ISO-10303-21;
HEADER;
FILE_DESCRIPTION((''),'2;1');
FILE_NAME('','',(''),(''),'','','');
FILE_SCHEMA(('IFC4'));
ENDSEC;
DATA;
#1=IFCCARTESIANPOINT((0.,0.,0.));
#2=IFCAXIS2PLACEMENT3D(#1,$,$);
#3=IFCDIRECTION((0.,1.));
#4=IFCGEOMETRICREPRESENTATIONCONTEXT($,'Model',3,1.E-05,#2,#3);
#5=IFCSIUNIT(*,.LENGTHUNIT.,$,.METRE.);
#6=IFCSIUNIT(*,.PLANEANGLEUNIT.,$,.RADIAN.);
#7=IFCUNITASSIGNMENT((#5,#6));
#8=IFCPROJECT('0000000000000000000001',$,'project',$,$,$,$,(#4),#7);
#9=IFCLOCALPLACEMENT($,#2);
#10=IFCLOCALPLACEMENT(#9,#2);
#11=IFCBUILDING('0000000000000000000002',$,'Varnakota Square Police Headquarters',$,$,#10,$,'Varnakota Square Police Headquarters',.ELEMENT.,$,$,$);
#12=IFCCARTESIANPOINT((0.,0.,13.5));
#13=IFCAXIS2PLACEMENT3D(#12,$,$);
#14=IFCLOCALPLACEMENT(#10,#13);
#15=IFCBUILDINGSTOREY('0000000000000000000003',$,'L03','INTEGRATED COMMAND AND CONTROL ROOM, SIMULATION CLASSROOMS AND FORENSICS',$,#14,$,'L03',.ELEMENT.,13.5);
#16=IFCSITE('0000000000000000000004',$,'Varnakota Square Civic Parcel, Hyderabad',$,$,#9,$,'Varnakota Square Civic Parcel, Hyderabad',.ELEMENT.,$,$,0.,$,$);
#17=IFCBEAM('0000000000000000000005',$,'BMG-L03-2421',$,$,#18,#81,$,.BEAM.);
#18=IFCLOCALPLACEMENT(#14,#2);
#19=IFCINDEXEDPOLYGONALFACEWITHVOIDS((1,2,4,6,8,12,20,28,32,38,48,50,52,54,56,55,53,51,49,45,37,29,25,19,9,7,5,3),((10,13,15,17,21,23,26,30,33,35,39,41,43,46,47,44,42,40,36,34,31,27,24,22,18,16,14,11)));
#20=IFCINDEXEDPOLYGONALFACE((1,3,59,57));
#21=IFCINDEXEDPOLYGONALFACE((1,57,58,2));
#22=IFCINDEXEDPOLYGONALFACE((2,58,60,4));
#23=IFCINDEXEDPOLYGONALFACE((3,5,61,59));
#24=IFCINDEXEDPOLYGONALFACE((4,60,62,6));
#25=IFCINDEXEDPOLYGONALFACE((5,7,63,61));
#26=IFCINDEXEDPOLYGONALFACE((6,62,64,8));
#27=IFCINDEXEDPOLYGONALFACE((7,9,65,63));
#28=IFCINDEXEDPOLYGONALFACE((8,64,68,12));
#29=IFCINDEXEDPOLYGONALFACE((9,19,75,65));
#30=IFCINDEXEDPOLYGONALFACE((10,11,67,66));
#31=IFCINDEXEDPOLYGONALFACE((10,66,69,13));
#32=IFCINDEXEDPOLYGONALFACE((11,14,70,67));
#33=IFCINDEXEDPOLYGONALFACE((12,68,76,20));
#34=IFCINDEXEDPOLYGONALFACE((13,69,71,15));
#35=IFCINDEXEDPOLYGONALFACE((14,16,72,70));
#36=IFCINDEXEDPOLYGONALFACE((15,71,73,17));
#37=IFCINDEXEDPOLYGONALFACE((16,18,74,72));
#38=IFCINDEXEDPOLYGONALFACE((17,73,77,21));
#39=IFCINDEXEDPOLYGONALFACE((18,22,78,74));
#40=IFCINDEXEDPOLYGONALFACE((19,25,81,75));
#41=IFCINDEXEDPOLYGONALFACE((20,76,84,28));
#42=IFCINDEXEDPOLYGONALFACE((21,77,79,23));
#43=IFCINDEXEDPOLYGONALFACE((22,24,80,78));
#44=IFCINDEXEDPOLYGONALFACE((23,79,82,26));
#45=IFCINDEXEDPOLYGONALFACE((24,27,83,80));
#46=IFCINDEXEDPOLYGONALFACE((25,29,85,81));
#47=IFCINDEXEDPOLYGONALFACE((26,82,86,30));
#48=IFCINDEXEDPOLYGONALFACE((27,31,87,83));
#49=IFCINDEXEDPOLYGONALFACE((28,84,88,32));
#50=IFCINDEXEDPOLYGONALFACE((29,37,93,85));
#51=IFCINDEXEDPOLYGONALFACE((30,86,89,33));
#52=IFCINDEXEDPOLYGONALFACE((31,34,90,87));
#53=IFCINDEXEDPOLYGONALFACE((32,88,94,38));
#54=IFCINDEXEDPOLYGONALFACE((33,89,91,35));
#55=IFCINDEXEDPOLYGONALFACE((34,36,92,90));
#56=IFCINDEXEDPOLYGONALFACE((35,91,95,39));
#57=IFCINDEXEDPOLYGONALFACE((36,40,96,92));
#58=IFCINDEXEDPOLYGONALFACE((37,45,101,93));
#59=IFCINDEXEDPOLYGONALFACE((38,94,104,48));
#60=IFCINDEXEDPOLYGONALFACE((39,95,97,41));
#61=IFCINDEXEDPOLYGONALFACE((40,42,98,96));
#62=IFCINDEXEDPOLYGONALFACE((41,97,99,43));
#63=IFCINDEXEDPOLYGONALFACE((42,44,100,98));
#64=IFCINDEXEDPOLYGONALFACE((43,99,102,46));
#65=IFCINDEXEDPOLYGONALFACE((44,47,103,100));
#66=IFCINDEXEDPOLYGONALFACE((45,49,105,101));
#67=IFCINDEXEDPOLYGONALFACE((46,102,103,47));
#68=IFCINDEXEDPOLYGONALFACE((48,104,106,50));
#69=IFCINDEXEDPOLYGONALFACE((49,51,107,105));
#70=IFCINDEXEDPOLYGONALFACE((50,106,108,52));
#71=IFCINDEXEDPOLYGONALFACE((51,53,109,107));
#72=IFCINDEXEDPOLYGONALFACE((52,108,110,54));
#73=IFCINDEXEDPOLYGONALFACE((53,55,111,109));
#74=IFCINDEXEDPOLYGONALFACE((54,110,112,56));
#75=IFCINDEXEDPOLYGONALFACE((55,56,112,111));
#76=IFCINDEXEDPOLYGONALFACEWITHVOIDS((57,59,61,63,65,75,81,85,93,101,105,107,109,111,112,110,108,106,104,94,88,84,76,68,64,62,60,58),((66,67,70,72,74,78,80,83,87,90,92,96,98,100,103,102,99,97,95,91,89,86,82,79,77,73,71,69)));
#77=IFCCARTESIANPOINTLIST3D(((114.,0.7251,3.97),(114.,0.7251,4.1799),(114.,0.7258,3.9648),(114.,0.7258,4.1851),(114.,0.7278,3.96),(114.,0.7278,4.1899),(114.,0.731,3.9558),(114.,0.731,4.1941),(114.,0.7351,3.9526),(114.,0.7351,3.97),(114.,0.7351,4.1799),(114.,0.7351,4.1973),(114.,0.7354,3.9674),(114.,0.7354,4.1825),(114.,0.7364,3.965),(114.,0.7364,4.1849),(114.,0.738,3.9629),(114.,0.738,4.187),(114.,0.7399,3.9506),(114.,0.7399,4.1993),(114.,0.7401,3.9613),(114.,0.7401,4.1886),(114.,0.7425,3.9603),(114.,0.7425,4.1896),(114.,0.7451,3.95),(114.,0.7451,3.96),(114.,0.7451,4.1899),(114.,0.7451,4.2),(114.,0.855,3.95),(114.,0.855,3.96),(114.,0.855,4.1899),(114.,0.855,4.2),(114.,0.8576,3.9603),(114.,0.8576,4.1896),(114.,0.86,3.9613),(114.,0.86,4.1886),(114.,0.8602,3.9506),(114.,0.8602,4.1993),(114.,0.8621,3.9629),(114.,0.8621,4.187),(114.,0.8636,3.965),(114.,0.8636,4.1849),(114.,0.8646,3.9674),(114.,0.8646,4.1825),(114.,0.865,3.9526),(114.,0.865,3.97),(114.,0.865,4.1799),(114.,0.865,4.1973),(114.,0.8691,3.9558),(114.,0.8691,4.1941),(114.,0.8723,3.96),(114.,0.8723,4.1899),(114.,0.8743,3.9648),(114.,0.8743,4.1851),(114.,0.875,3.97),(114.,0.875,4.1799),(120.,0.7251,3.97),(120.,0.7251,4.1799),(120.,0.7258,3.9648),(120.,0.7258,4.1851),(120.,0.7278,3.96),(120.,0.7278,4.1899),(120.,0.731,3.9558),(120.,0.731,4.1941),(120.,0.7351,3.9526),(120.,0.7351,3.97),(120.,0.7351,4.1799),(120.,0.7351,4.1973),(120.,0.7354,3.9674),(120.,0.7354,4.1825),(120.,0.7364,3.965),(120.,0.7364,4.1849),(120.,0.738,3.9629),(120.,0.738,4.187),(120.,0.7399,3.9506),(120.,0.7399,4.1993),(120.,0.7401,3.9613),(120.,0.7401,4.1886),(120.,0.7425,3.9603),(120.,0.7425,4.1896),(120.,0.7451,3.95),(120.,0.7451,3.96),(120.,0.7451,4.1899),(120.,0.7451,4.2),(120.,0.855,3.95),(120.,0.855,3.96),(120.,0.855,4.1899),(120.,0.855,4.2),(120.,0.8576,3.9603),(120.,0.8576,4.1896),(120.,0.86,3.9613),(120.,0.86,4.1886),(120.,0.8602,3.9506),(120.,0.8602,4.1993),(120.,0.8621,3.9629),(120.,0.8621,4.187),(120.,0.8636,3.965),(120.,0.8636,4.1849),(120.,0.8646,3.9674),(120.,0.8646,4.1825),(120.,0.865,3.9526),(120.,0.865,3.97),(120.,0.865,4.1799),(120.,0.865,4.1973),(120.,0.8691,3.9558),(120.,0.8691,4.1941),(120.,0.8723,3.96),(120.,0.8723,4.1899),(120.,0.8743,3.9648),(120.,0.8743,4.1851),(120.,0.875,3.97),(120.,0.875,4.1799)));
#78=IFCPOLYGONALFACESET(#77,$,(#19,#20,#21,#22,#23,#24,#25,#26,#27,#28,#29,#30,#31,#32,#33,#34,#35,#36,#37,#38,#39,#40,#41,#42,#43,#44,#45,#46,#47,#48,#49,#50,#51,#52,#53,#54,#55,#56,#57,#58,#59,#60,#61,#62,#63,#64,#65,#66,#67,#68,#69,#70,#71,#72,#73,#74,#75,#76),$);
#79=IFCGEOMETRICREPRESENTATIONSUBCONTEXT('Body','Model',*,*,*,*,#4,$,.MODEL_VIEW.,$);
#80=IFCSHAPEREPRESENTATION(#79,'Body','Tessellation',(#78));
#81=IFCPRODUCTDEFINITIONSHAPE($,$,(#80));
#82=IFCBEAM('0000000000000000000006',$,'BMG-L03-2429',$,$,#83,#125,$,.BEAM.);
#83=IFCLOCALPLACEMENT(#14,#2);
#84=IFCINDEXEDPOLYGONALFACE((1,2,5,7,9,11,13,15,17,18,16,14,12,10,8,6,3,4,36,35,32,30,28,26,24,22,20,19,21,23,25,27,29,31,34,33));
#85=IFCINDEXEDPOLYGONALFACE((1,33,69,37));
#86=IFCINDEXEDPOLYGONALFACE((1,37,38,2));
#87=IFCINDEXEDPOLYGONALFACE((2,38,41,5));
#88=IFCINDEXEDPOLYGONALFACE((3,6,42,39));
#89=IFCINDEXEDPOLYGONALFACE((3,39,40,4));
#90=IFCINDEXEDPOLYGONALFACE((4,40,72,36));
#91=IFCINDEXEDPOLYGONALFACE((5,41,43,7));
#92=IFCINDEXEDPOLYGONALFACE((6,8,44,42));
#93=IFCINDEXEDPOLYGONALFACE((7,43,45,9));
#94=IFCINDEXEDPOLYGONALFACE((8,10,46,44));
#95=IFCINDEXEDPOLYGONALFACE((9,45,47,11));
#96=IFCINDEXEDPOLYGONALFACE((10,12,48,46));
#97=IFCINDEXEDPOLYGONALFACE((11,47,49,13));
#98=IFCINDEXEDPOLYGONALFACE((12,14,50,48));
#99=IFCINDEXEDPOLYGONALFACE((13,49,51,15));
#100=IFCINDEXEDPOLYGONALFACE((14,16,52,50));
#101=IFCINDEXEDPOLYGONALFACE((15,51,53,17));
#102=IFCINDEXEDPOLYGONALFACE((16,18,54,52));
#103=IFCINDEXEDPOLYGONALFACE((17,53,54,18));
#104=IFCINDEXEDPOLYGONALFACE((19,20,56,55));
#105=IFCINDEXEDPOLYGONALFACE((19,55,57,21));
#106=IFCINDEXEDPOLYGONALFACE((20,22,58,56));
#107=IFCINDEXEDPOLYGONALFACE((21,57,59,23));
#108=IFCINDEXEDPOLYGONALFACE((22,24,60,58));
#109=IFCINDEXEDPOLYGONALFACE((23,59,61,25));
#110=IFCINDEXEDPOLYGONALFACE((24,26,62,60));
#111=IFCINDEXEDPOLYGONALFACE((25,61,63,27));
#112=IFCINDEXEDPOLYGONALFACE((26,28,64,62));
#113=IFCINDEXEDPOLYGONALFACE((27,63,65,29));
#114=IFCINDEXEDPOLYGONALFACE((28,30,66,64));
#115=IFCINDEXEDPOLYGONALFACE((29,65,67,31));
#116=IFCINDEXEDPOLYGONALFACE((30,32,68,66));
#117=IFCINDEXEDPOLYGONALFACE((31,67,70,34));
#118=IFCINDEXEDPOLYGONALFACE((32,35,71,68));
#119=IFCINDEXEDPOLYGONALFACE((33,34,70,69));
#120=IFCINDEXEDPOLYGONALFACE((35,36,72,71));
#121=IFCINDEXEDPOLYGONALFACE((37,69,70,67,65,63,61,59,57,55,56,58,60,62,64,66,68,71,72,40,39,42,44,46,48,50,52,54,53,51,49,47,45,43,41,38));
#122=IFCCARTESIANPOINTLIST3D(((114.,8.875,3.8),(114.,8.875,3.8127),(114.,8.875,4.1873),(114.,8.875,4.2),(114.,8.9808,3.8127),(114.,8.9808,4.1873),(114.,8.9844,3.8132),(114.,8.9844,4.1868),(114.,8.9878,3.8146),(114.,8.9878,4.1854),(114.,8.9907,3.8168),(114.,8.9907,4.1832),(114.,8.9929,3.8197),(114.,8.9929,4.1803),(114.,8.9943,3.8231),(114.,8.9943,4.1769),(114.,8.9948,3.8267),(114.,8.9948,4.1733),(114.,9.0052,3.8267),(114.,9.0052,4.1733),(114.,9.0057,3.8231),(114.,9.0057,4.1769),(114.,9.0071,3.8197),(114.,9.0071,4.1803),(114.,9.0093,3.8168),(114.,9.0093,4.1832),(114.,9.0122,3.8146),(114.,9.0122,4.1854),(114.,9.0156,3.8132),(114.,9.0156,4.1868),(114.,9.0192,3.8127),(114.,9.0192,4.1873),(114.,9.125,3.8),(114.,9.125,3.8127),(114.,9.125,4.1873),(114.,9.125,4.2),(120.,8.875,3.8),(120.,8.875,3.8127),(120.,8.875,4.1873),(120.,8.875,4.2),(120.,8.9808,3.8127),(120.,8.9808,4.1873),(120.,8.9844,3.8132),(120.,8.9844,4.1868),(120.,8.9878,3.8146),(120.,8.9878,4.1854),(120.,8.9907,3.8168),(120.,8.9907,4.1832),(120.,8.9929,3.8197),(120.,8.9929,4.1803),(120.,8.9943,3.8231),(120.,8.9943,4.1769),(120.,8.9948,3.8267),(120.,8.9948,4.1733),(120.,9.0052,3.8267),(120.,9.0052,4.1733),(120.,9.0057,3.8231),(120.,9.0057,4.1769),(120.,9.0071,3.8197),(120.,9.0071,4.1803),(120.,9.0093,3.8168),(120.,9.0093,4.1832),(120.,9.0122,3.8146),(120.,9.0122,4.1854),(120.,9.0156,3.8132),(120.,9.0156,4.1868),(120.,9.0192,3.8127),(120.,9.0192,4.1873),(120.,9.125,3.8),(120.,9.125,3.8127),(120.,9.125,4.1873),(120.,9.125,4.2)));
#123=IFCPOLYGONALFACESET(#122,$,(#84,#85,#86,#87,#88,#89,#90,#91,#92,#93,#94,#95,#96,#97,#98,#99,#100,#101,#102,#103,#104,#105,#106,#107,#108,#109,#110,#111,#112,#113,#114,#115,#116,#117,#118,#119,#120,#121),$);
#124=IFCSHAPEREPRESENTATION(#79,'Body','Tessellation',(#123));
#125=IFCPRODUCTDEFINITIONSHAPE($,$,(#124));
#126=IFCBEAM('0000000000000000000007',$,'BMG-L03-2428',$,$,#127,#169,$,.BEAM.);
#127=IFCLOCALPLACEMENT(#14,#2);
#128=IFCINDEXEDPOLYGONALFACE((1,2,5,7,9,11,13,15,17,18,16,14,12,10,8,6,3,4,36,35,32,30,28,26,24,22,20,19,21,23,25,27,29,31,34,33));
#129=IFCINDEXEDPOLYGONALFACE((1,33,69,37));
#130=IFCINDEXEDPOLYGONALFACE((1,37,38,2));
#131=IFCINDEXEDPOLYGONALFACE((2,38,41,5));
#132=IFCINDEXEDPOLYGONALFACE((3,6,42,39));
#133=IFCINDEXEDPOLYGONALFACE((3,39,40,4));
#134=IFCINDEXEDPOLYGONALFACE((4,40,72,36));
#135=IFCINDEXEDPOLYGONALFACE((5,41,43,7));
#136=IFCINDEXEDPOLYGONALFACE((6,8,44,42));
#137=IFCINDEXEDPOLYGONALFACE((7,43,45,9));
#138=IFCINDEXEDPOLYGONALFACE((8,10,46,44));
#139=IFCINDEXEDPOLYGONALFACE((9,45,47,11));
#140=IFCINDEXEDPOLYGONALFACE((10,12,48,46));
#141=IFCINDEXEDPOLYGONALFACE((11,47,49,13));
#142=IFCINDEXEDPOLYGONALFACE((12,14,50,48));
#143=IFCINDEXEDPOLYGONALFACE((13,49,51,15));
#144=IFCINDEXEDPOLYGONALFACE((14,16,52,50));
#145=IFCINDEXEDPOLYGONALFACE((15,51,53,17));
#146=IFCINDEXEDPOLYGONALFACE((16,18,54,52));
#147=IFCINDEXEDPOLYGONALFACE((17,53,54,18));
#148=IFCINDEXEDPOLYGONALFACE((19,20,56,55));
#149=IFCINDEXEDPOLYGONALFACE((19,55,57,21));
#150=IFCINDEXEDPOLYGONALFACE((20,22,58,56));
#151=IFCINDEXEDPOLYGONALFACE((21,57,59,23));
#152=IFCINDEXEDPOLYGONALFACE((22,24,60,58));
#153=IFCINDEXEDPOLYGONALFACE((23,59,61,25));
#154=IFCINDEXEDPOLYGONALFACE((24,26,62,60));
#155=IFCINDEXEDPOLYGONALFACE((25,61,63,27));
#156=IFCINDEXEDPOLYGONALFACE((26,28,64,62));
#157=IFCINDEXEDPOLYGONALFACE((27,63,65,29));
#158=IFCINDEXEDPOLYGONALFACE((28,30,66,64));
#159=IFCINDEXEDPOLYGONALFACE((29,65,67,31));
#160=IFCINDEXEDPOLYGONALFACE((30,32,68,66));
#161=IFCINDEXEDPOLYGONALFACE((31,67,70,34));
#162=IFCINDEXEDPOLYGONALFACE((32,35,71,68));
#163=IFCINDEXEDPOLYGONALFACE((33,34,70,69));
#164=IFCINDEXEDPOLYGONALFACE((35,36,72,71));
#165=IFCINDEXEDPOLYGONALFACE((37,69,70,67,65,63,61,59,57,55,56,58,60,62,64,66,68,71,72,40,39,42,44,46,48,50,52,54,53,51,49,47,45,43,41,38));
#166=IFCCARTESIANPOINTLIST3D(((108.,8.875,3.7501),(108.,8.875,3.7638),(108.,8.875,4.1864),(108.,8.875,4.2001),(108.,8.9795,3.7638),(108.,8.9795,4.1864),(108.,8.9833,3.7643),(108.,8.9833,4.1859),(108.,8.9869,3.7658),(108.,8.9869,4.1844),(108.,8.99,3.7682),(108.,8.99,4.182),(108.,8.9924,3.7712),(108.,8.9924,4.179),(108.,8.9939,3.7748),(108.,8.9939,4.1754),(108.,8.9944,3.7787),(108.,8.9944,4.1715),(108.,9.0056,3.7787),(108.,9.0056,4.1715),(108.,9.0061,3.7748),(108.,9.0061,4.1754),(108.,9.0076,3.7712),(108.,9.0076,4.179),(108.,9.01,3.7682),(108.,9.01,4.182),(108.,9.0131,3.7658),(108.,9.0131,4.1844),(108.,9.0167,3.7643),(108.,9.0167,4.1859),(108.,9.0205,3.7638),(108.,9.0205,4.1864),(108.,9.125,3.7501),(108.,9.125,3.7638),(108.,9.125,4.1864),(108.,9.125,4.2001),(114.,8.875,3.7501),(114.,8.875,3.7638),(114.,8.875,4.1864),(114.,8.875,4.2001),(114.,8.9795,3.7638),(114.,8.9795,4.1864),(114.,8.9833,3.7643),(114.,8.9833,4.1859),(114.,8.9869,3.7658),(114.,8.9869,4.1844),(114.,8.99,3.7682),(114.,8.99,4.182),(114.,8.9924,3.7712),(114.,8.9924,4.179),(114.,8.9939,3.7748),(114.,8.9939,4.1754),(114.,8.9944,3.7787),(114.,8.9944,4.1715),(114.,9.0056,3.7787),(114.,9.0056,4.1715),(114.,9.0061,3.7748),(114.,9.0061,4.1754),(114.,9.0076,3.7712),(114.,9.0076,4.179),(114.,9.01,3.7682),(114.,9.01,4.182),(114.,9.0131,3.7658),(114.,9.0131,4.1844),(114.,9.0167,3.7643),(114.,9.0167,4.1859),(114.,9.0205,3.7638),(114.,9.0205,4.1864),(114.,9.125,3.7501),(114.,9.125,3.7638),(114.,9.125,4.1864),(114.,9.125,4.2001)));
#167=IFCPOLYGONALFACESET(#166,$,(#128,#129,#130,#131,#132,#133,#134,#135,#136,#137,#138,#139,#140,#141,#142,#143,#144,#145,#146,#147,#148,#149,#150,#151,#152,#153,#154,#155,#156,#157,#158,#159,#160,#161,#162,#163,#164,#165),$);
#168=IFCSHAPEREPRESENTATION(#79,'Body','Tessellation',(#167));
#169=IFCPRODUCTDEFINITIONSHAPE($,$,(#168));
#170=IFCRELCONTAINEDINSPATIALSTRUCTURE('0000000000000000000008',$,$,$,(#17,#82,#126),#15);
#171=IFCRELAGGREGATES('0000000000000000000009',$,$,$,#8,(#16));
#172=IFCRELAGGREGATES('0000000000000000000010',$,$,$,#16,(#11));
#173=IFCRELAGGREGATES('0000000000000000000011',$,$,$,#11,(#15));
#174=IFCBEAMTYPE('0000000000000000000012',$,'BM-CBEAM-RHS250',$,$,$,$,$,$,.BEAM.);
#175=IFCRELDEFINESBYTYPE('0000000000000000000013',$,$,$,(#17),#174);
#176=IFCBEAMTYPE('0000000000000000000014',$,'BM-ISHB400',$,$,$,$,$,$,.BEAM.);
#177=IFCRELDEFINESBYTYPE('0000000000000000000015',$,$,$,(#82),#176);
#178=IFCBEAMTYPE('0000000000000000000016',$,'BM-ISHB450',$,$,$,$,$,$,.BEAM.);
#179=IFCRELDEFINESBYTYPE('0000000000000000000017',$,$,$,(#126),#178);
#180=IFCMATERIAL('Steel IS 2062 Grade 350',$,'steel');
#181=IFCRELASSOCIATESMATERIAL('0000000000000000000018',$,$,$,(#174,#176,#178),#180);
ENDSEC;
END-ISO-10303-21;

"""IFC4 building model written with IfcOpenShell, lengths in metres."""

from ifc_helpers import new_model, si_unit, direction, frame, origin, origin_2d, place, context, subcontext, project, spatial, hollow_rectangle, i_section, extrude, material, material_profile, profile_set, type_object, element, save


model = new_model("IFC4")

# Units and contexts
model_context = context("Model", 3, precision=1e-05, world=origin(), true_north=direction((0.0, 1.0)))
body_context = subcontext(model_context, "Body", "Model", "MODEL_VIEW")
ifc_project = project(units=[si_unit("LENGTHUNIT", "METRE"), si_unit("PLANEANGLEUNIT", "RADIAN")], contexts=[model_context])

# Site, building, storey
site_placement = place(None, origin())
site = spatial("IfcSite", under=ifc_project, at=site_placement, Name="Varnakota Square Civic Parcel, Hyderabad", LongName="Varnakota Square Civic Parcel, Hyderabad", CompositionType="ELEMENT", RefElevation=0.0)
building_placement = place(site_placement, origin())
building = spatial("IfcBuilding", under=site, at=building_placement, Name="Varnakota Square Police Headquarters", LongName="Varnakota Square Police Headquarters", CompositionType="ELEMENT")
storey_placement = place(building_placement, frame((0.0, 0.0, 13.5)))
storey = spatial("IfcBuildingStorey", under=building, at=storey_placement, Name="L03", Description="INTEGRATED COMMAND AND CONTROL ROOM, SIMULATION CLASSROOMS AND FORENSICS", LongName="L03", CompositionType="ELEMENT", Elevation=13.5)

# Shared definitions
ifc_material_1 = material(Name="Steel IS 2062 Grade 350", Category="steel")

# Beams
ifc_material_profile_1 = material_profile(ifc_material_1, hollow_rectangle(XDim=0.1499, YDim=0.25, WallThickness=0.01, InnerFilletRadius=0.01, OuterFilletRadius=0.02, at=origin_2d()), Name="RHS 250x150x10")
ifc_profile_set_1 = profile_set([ifc_material_profile_1], Name="Steel IS 2062 Grade 350")
beam_type_1 = type_object("IfcBeamType", Name="BM-CBEAM-RHS250", PredefinedType="BEAM", material=ifc_profile_set_1)
beam_1_placement = place(storey_placement, frame((114.0, 0.8, 4.075), z_axis=(1.0, 0.0, 0.0), x_axis=(0.0, 1.0, 0.0)))
element("IfcBeam", 1, at=beam_1_placement, inside=storey, type_object=beam_type_1, Name="BMG-L03-2421", PredefinedType="BEAM", context=body_context, shape_type="SweptSolid", body=[
    extrude(hollow_rectangle(XDim=0.1499, YDim=0.25, WallThickness=0.01, InnerFilletRadius=0.01, OuterFilletRadius=0.02, at=origin_2d()), origin(), (0.0, 0.0, 1.0), 6.0),
])
ifc_material_profile_2 = material_profile(ifc_material_1, i_section(OverallWidth=0.25, OverallDepth=0.3999, WebThickness=0.0105, FlangeThickness=0.0127, FilletRadius=0.0139, at=origin_2d()), Name="ISHB 400")
ifc_profile_set_2 = profile_set([ifc_material_profile_2], Name="Steel IS 2062 Grade 350")
beam_type_2 = type_object("IfcBeamType", Name="BM-ISHB400", PredefinedType="BEAM", material=ifc_profile_set_2)
beam_2_placement = place(storey_placement, frame((114.0, 9.0, 4.0), z_axis=(1.0, 0.0, 0.0), x_axis=(0.0, 1.0, 0.0)))
element("IfcBeam", 2, at=beam_2_placement, inside=storey, type_object=beam_type_2, Name="BMG-L03-2429", PredefinedType="BEAM", context=body_context, shape_type="SweptSolid", body=[
    extrude(i_section(OverallWidth=0.25, OverallDepth=0.3999, WebThickness=0.0105, FlangeThickness=0.0127, FilletRadius=0.0139, at=origin_2d()), origin(), (0.0, 0.0, 1.0), 6.0),
])
ifc_material_profile_3 = material_profile(ifc_material_1, i_section(OverallWidth=0.25, OverallDepth=0.45, WebThickness=0.0112, FlangeThickness=0.0137, FilletRadius=0.0149, at=origin_2d()), Name="ISHB 450")
ifc_profile_set_3 = profile_set([ifc_material_profile_3], Name="Steel IS 2062 Grade 350")
beam_type_3 = type_object("IfcBeamType", Name="BM-ISHB450", PredefinedType="BEAM", material=ifc_profile_set_3)
beam_3_placement = place(storey_placement, frame((108.0, 9.0, 3.9751), z_axis=(1.0, 0.0, 0.0), x_axis=(0.0, 1.0, 0.0)))
element("IfcBeam", 3, at=beam_3_placement, inside=storey, type_object=beam_type_3, Name="BMG-L03-2428", PredefinedType="BEAM", context=body_context, shape_type="SweptSolid", body=[
    extrude(i_section(OverallWidth=0.25, OverallDepth=0.45, WebThickness=0.0112, FlangeThickness=0.0137, FilletRadius=0.0149, at=origin_2d()), origin(), (0.0, 0.0, 1.0), 6.0),
])

save(model, "model.ifc")
